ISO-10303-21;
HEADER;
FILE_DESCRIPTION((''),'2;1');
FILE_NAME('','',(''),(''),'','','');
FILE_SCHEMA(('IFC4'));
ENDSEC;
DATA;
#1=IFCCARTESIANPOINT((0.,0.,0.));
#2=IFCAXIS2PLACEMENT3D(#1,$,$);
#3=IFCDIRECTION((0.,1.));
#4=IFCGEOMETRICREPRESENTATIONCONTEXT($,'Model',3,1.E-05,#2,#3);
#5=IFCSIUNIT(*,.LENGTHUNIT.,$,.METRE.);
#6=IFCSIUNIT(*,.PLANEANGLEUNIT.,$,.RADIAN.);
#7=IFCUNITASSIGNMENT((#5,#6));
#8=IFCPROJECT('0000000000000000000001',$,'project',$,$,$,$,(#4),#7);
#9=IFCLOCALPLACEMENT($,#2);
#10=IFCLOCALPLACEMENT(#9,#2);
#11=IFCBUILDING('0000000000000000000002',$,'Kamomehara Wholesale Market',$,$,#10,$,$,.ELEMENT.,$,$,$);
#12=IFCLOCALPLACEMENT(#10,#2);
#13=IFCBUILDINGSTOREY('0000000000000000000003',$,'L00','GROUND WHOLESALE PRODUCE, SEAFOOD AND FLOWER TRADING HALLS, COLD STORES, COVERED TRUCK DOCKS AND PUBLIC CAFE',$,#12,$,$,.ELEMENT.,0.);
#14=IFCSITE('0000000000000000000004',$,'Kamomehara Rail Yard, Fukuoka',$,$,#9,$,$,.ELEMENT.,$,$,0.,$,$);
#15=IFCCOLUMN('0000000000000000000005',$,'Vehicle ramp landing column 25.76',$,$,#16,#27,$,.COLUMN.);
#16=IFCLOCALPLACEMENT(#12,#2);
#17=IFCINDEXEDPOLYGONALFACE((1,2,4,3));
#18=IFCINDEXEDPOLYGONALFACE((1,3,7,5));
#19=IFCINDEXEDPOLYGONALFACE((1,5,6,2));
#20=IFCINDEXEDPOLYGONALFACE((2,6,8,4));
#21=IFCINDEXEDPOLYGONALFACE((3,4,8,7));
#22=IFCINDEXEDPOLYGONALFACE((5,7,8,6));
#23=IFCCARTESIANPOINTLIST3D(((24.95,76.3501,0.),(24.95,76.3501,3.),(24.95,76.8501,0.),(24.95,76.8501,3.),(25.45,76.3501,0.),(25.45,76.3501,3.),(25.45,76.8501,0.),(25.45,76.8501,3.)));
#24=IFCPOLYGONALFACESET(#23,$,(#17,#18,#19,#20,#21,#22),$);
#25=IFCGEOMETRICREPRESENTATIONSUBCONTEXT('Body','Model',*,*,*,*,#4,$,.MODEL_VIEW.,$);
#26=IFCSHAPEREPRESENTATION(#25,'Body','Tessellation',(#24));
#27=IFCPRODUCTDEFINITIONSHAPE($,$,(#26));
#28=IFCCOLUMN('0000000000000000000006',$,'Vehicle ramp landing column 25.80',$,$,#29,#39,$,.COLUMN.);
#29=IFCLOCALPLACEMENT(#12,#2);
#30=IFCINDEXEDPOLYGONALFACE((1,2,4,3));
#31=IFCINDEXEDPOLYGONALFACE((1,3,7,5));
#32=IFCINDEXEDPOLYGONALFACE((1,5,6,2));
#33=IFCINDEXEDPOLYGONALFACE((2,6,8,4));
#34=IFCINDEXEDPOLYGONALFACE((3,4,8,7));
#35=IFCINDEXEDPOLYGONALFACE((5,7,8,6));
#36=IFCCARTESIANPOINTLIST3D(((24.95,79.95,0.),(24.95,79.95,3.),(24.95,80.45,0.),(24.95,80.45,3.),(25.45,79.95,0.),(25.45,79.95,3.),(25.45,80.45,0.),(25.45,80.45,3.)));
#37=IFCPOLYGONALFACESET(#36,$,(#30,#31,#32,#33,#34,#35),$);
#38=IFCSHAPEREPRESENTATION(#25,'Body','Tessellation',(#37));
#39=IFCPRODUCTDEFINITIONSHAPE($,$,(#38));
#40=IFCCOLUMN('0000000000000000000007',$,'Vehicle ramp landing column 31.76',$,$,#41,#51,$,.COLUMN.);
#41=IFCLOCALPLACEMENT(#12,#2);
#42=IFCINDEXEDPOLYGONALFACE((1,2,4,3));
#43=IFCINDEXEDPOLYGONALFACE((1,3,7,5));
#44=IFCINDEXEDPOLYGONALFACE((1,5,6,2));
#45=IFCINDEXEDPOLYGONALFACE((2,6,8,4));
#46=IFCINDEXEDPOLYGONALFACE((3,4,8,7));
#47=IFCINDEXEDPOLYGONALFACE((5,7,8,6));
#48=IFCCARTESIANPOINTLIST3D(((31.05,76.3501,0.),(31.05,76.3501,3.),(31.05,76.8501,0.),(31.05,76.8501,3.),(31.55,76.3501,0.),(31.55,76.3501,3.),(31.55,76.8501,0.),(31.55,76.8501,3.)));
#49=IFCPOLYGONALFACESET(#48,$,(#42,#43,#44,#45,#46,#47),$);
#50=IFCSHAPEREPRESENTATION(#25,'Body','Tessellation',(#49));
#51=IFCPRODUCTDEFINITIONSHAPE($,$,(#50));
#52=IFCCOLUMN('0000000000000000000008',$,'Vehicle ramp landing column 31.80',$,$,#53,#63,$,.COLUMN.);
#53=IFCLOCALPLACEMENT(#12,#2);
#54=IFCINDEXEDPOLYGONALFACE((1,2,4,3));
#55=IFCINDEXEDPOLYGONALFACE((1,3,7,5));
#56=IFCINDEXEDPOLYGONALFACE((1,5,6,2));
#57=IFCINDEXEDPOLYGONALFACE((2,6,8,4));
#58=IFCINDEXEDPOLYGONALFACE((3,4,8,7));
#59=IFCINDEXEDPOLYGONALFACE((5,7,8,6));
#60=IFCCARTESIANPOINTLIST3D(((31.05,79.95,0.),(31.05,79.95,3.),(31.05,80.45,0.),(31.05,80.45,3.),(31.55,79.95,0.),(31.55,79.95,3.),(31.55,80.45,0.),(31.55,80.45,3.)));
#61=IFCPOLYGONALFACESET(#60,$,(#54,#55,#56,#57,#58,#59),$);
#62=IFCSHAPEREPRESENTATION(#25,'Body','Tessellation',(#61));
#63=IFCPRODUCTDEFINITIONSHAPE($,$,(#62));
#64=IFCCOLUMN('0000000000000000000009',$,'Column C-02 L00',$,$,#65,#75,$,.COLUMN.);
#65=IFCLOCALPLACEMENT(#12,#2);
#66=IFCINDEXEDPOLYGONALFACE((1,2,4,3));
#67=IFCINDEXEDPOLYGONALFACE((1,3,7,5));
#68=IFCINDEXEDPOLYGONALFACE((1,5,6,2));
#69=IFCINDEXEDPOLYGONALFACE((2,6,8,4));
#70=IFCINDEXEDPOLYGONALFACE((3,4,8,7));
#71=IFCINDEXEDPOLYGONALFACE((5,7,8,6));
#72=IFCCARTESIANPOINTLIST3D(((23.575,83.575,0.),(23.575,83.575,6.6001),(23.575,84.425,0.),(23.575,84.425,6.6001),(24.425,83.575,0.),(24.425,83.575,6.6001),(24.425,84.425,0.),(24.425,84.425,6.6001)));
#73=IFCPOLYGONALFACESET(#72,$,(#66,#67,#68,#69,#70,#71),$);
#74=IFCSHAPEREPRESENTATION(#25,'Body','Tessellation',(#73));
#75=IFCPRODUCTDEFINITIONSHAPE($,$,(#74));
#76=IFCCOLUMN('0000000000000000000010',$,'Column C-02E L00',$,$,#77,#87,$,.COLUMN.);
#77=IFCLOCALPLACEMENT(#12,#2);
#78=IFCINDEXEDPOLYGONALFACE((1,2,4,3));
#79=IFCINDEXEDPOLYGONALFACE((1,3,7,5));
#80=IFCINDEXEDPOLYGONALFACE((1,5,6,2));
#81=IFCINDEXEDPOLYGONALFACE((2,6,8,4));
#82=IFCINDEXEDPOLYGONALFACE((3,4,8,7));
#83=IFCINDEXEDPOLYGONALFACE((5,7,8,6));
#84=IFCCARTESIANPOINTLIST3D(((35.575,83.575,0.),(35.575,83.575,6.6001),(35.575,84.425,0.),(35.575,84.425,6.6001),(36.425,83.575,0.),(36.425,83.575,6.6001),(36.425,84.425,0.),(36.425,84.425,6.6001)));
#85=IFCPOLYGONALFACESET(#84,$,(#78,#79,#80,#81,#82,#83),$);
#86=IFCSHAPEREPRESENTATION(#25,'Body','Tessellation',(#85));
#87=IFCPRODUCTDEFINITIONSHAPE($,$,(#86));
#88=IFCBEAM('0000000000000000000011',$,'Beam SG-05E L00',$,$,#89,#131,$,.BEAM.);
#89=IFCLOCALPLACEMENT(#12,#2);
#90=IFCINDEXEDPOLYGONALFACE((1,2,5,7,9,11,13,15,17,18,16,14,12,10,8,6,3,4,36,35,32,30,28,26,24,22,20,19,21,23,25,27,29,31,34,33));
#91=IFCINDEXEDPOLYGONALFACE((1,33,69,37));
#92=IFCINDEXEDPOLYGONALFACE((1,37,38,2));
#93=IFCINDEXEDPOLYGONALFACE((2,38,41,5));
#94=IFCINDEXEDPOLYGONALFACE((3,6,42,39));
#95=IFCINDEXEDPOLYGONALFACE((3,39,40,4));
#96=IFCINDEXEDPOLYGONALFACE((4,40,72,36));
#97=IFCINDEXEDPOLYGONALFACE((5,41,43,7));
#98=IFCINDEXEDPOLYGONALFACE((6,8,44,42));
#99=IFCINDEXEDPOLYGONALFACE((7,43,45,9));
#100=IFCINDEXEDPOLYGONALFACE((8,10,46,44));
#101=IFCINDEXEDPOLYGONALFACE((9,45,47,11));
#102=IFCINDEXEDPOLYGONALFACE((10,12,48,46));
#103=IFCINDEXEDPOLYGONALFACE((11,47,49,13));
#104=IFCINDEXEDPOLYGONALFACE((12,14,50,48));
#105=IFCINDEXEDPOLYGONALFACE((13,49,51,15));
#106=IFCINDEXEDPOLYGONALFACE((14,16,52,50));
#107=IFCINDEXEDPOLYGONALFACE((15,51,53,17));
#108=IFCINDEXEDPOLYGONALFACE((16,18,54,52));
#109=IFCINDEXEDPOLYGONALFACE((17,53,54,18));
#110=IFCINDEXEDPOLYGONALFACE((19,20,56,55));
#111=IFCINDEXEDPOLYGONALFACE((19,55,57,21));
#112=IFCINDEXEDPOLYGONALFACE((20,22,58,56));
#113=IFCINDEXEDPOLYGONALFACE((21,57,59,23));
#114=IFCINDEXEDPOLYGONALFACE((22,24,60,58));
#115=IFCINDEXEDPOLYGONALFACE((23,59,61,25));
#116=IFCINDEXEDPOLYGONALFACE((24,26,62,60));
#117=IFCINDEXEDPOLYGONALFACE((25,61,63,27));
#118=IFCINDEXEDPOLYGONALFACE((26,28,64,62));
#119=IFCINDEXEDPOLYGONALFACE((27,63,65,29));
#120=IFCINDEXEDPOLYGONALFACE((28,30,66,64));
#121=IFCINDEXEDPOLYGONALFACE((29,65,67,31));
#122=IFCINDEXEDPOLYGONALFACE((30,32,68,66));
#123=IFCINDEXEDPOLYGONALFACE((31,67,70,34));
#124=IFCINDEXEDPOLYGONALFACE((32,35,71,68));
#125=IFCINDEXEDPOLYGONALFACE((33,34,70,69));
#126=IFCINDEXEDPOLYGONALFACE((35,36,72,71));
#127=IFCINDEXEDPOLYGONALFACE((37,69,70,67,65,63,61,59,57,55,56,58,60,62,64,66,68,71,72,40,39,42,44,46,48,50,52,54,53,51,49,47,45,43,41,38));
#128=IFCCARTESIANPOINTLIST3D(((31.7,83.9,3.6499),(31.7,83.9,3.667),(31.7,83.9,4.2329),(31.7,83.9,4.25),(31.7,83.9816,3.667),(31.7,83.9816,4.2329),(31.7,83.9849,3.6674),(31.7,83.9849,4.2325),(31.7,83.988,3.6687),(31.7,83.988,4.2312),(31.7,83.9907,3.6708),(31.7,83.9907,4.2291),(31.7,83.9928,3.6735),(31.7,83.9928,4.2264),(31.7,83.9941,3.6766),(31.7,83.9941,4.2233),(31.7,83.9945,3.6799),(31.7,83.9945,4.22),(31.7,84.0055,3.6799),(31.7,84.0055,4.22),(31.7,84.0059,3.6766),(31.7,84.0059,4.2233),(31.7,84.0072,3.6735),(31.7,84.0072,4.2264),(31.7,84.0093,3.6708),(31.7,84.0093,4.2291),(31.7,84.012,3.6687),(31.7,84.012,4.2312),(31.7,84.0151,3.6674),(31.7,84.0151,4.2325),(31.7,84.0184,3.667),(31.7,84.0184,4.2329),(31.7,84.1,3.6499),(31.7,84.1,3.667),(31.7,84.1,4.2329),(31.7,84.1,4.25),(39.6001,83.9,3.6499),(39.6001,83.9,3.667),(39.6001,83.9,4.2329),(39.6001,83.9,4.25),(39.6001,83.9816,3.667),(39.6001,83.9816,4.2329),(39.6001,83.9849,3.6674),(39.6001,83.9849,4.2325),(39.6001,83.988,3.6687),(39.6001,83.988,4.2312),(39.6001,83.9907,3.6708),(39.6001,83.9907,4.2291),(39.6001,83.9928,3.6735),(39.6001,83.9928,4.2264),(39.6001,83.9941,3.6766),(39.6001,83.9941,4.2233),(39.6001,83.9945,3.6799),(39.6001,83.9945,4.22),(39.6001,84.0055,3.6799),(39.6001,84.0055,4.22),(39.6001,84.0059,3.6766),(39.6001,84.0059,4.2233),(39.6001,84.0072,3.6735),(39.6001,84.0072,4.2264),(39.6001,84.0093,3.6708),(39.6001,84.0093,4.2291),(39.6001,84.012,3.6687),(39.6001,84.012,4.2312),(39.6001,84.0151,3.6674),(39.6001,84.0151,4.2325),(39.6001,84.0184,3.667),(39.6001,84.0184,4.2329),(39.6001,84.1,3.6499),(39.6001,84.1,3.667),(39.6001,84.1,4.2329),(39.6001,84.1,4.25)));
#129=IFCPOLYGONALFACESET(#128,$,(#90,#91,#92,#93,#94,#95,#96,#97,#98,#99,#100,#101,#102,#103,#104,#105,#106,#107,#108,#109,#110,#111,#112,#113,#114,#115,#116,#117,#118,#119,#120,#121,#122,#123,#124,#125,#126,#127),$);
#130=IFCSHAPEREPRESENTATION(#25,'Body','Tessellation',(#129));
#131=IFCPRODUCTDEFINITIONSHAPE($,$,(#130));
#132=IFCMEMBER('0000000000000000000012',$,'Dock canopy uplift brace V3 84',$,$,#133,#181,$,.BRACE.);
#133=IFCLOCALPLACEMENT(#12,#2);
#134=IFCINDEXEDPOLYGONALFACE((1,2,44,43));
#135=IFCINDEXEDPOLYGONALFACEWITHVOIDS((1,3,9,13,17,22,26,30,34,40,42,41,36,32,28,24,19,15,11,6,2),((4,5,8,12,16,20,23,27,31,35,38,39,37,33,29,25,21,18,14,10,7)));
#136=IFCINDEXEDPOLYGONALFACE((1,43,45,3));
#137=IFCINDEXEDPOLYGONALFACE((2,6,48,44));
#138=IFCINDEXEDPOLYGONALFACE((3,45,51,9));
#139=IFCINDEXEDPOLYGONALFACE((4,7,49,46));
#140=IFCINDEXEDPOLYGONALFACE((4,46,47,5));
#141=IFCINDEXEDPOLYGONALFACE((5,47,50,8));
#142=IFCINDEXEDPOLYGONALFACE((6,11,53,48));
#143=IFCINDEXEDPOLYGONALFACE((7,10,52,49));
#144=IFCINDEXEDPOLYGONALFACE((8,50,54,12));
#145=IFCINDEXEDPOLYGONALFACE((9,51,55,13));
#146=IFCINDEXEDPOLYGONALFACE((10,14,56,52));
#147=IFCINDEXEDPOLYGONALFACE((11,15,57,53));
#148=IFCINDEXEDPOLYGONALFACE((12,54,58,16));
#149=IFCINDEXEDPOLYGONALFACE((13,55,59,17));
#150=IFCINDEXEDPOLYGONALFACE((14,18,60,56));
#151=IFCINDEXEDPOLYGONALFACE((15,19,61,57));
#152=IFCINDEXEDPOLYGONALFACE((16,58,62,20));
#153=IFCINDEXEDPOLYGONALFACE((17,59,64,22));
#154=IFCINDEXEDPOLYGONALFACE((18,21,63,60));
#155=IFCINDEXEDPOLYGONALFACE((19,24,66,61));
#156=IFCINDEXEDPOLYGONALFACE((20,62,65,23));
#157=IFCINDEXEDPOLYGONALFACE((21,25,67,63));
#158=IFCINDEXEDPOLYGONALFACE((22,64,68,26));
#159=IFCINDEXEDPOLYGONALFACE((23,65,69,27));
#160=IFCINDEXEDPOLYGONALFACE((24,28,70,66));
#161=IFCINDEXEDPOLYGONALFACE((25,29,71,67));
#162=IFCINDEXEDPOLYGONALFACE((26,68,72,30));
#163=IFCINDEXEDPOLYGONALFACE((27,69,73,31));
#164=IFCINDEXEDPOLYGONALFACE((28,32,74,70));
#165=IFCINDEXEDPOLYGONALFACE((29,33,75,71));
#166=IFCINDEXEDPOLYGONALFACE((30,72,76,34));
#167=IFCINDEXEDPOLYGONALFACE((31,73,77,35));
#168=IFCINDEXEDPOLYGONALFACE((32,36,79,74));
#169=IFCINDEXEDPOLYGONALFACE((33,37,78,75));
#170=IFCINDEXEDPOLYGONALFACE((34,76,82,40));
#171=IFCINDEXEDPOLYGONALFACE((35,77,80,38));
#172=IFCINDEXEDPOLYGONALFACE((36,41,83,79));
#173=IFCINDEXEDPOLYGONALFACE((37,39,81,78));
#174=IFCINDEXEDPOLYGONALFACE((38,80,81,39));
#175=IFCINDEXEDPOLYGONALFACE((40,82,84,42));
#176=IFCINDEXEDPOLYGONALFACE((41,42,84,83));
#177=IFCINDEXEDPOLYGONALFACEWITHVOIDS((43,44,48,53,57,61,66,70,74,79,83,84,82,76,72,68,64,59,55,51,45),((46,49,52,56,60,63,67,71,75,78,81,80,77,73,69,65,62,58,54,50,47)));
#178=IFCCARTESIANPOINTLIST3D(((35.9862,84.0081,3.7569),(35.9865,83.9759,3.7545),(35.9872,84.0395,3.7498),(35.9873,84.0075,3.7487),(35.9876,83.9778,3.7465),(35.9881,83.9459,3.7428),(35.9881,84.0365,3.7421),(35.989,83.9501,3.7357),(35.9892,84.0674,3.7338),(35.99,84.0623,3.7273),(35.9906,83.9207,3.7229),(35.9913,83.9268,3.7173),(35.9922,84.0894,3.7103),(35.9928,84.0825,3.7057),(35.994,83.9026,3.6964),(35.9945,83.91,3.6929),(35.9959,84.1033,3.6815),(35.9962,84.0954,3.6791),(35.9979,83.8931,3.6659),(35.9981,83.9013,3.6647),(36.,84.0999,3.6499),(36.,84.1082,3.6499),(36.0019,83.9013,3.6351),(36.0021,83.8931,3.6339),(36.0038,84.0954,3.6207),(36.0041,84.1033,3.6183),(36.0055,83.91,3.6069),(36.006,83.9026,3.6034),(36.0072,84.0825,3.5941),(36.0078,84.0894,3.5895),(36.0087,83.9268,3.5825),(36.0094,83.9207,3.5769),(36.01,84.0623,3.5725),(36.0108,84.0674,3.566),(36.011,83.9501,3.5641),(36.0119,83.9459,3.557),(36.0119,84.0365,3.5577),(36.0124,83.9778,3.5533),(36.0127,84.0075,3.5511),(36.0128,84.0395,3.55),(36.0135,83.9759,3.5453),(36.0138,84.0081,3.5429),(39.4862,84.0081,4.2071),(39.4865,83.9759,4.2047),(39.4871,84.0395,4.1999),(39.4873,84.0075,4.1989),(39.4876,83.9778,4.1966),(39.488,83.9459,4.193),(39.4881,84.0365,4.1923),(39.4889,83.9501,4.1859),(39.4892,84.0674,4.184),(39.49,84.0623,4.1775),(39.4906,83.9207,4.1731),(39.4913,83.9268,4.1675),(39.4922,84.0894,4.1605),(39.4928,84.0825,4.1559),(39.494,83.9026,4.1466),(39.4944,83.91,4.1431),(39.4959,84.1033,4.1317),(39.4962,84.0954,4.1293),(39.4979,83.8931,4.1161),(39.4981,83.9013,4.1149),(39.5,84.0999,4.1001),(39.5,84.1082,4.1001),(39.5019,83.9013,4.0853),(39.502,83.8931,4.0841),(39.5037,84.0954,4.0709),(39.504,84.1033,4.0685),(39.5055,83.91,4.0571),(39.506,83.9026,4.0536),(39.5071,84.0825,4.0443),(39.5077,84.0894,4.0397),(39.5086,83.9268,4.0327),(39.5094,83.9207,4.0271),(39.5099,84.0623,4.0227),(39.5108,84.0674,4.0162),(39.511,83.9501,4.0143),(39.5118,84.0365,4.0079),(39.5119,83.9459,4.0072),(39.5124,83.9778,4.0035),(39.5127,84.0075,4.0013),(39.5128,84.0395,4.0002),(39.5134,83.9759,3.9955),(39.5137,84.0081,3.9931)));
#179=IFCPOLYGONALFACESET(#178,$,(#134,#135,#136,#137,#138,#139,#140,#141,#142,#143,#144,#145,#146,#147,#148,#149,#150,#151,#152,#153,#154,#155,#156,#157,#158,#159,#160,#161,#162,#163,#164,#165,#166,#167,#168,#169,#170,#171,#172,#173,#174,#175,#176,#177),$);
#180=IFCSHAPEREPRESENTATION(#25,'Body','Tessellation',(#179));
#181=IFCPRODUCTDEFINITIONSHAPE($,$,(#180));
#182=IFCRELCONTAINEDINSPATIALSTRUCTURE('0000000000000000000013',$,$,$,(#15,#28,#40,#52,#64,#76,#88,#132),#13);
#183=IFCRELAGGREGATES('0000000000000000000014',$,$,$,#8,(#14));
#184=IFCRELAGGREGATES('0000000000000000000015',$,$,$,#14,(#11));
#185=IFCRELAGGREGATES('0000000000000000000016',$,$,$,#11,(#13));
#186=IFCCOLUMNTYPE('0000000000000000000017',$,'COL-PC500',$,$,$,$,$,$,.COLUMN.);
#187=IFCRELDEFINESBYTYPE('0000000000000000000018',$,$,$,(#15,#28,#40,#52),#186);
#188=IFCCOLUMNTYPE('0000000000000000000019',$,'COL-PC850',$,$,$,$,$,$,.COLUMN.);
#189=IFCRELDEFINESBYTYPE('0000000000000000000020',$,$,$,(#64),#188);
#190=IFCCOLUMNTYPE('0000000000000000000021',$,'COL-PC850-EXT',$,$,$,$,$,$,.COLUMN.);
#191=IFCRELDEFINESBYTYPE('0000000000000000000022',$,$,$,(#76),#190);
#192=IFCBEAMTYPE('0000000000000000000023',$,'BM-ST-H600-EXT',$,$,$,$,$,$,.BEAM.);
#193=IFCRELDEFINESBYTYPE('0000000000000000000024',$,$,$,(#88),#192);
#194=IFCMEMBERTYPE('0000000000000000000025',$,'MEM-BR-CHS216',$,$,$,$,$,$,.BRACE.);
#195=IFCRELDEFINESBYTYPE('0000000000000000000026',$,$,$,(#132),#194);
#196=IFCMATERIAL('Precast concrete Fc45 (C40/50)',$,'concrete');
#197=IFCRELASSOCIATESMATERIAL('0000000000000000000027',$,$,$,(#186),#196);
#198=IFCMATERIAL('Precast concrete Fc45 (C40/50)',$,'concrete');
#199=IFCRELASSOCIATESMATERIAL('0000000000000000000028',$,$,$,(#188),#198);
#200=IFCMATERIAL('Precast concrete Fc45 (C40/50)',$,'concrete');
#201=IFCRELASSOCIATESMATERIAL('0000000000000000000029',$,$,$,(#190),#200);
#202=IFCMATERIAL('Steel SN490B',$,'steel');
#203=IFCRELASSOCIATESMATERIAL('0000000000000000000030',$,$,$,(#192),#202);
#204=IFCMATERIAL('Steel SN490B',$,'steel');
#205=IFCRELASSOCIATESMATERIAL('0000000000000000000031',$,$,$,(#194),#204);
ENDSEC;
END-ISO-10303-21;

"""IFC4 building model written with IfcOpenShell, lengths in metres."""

from ifc_helpers import new_model, si_unit, direction, frame, origin, origin_2d, place, context, subcontext, project, spatial, rectangle, hollow_circle, i_section, extrude, material, material_profile, profile_set, type_object, element, save


model = new_model("IFC4")

# Units and contexts
model_context = context("Model", 3, precision=1e-05, world=origin(), true_north=direction((0.0, 1.0)))
body_context = subcontext(model_context, "Body", "Model", "MODEL_VIEW")
ifc_project = project(units=[si_unit("LENGTHUNIT", "METRE"), si_unit("PLANEANGLEUNIT", "RADIAN")], contexts=[model_context])

# Site, building, storey
site_placement = place(None, origin())
site = spatial("IfcSite", under=ifc_project, at=site_placement, Name="Kamomehara Rail Yard, Fukuoka", CompositionType="ELEMENT", RefElevation=0.0)
building_placement = place(site_placement, origin())
building = spatial("IfcBuilding", under=site, at=building_placement, Name="Kamomehara Wholesale Market", CompositionType="ELEMENT")
storey_placement = place(building_placement, origin())
storey = spatial("IfcBuildingStorey", under=building, at=storey_placement, Name="L00", Description="GROUND WHOLESALE PRODUCE, SEAFOOD AND FLOWER TRADING HALLS, COLD STORES, COVERED TRUCK DOCKS AND PUBLIC CAFE", CompositionType="ELEMENT", Elevation=0.0)

# Columns
ifc_material_1 = material(Name="Precast concrete Fc45 (C40/50)", Category="concrete")
ifc_material_profile_1 = material_profile(ifc_material_1, rectangle(XDim=0.5, YDim=0.5, at=origin_2d()), Name="PC-COL-500x500")
ifc_profile_set_1 = profile_set([ifc_material_profile_1], Name="Precast concrete Fc45 (C40/50)")
column_type_1 = type_object("IfcColumnType", Name="COL-PC500", PredefinedType="COLUMN", material=ifc_profile_set_1)
for number, where, z_axis, x_axis, name in (
    (1, (25.2, 76.6001, 0.0), (0.0, 0.0, 1.0), (1.0, 0.0, 0.0), "Vehicle ramp landing column 25.76"),
    (2, (25.2, 80.2, 0.0), (0.0, 0.0, 1.0), (1.0, 0.0, 0.0), "Vehicle ramp landing column 25.80"),
    (3, (31.3, 76.6001, 0.0), (0.0, 0.0, 1.0), (1.0, 0.0, 0.0), "Vehicle ramp landing column 31.76"),
    (4, (31.3, 80.2, 0.0), (0.0, 0.0, 1.0), (1.0, 0.0, 0.0), "Vehicle ramp landing column 31.80"),
):
    element("IfcColumn", number, at=place(storey_placement, frame(where, z_axis=z_axis, x_axis=x_axis)), inside=storey, type_object=column_type_1, Name=name, PredefinedType="COLUMN", context=body_context, shape_type="SweptSolid", body=[
        extrude(rectangle(XDim=0.5, YDim=0.5, at=origin_2d()), origin(), (0.0, 0.0, 1.0), 3.0),
    ])
ifc_material_2 = material(Name="Precast concrete Fc45 (C40/50)", Category="concrete")
ifc_material_profile_2 = material_profile(ifc_material_2, rectangle(XDim=0.8501, YDim=0.8501, at=origin_2d()), Name="PC-COL-850x850")
ifc_profile_set_2 = profile_set([ifc_material_profile_2], Name="Precast concrete Fc45 (C40/50)")
column_type_2 = type_object("IfcColumnType", Name="COL-PC850", PredefinedType="COLUMN", material=ifc_profile_set_2)
column_1_placement = place(storey_placement, frame((24.0, 84.0, 0.0), z_axis=(0.0, 0.0, 1.0), x_axis=(1.0, 0.0, 0.0)))
element("IfcColumn", 5, at=column_1_placement, inside=storey, type_object=column_type_2, Name="Column C-02 L00", PredefinedType="COLUMN", context=body_context, shape_type="SweptSolid", body=[
    extrude(rectangle(XDim=0.8501, YDim=0.8501, at=origin_2d()), origin(), (0.0, 0.0, 1.0), 6.6001),
])
ifc_material_3 = material(Name="Precast concrete Fc45 (C40/50)", Category="concrete")
ifc_material_profile_3 = material_profile(ifc_material_3, rectangle(XDim=0.8501, YDim=0.8501, at=origin_2d()), Name="PC-COL-850x850")
ifc_profile_set_3 = profile_set([ifc_material_profile_3], Name="Precast concrete Fc45 (C40/50)")
column_type_3 = type_object("IfcColumnType", Name="COL-PC850-EXT", PredefinedType="COLUMN", material=ifc_profile_set_3)
column_2_placement = place(storey_placement, frame((36.0, 84.0, 0.0), z_axis=(0.0, 0.0, 1.0), x_axis=(1.0, 0.0, 0.0)))
element("IfcColumn", 6, at=column_2_placement, inside=storey, type_object=column_type_3, Name="Column C-02E L00", PredefinedType="COLUMN", context=body_context, shape_type="SweptSolid", body=[
    extrude(rectangle(XDim=0.8501, YDim=0.8501, at=origin_2d()), origin(), (0.0, 0.0, 1.0), 6.6001),
])

# Beam
ifc_material_4 = material(Name="Steel SN490B", Category="steel")
ifc_material_profile_4 = material_profile(ifc_material_4, i_section(OverallWidth=0.2, OverallDepth=0.6001, WebThickness=0.011, FlangeThickness=0.0171, FilletRadius=0.0129, at=origin_2d()), Name="H-600x200x11x17")
ifc_profile_set_4 = profile_set([ifc_material_profile_4], Name="Steel SN490B")
beam_type = type_object("IfcBeamType", Name="BM-ST-H600-EXT", PredefinedType="BEAM", material=ifc_profile_set_4)
beam_placement = place(storey_placement, frame((31.7, 84.0, 3.95), z_axis=(1.0, 0.0, 0.0), x_axis=(0.0, 1.0, 0.0)))
element("IfcBeam", 7, at=beam_placement, inside=storey, type_object=beam_type, Name="Beam SG-05E L00", PredefinedType="BEAM", context=body_context, shape_type="SweptSolid", body=[
    extrude(i_section(OverallWidth=0.2, OverallDepth=0.6001, WebThickness=0.011, FlangeThickness=0.0171, FilletRadius=0.0129, at=origin_2d()), origin(), (0.0, 0.0, 1.0), 7.9001),
])

# Member
ifc_material_5 = material(Name="Steel SN490B", Category="steel")
ifc_material_profile_5 = material_profile(ifc_material_5, hollow_circle(Radius=0.1082, WallThickness=0.0083, at=origin_2d()), Name="CHS-216.3x8.2")
ifc_profile_set_5 = profile_set([ifc_material_profile_5], Name="Steel SN490B")
member_type_1 = type_object("IfcMemberType", Name="MEM-BR-CHS216", PredefinedType="BRACE", material=ifc_profile_set_5)
member_1_placement = place(storey_placement, frame((36.0, 84.0, 3.6499), z_axis=(0.991829, 0.0, 0.127576), x_axis=(0.0, 1.0, 0.0)))
element("IfcMember", 8, at=member_1_placement, inside=storey, type_object=member_type_1, Name="Dock canopy uplift brace V3 84", PredefinedType="BRACE", context=body_context, shape_type="SweptSolid", body=[
    extrude(hollow_circle(Radius=0.1082, WallThickness=0.0083, at=origin_2d()), origin(), (0.0, 0.0, 1.0), 3.5288),
])

save(model, "model.ifc")
